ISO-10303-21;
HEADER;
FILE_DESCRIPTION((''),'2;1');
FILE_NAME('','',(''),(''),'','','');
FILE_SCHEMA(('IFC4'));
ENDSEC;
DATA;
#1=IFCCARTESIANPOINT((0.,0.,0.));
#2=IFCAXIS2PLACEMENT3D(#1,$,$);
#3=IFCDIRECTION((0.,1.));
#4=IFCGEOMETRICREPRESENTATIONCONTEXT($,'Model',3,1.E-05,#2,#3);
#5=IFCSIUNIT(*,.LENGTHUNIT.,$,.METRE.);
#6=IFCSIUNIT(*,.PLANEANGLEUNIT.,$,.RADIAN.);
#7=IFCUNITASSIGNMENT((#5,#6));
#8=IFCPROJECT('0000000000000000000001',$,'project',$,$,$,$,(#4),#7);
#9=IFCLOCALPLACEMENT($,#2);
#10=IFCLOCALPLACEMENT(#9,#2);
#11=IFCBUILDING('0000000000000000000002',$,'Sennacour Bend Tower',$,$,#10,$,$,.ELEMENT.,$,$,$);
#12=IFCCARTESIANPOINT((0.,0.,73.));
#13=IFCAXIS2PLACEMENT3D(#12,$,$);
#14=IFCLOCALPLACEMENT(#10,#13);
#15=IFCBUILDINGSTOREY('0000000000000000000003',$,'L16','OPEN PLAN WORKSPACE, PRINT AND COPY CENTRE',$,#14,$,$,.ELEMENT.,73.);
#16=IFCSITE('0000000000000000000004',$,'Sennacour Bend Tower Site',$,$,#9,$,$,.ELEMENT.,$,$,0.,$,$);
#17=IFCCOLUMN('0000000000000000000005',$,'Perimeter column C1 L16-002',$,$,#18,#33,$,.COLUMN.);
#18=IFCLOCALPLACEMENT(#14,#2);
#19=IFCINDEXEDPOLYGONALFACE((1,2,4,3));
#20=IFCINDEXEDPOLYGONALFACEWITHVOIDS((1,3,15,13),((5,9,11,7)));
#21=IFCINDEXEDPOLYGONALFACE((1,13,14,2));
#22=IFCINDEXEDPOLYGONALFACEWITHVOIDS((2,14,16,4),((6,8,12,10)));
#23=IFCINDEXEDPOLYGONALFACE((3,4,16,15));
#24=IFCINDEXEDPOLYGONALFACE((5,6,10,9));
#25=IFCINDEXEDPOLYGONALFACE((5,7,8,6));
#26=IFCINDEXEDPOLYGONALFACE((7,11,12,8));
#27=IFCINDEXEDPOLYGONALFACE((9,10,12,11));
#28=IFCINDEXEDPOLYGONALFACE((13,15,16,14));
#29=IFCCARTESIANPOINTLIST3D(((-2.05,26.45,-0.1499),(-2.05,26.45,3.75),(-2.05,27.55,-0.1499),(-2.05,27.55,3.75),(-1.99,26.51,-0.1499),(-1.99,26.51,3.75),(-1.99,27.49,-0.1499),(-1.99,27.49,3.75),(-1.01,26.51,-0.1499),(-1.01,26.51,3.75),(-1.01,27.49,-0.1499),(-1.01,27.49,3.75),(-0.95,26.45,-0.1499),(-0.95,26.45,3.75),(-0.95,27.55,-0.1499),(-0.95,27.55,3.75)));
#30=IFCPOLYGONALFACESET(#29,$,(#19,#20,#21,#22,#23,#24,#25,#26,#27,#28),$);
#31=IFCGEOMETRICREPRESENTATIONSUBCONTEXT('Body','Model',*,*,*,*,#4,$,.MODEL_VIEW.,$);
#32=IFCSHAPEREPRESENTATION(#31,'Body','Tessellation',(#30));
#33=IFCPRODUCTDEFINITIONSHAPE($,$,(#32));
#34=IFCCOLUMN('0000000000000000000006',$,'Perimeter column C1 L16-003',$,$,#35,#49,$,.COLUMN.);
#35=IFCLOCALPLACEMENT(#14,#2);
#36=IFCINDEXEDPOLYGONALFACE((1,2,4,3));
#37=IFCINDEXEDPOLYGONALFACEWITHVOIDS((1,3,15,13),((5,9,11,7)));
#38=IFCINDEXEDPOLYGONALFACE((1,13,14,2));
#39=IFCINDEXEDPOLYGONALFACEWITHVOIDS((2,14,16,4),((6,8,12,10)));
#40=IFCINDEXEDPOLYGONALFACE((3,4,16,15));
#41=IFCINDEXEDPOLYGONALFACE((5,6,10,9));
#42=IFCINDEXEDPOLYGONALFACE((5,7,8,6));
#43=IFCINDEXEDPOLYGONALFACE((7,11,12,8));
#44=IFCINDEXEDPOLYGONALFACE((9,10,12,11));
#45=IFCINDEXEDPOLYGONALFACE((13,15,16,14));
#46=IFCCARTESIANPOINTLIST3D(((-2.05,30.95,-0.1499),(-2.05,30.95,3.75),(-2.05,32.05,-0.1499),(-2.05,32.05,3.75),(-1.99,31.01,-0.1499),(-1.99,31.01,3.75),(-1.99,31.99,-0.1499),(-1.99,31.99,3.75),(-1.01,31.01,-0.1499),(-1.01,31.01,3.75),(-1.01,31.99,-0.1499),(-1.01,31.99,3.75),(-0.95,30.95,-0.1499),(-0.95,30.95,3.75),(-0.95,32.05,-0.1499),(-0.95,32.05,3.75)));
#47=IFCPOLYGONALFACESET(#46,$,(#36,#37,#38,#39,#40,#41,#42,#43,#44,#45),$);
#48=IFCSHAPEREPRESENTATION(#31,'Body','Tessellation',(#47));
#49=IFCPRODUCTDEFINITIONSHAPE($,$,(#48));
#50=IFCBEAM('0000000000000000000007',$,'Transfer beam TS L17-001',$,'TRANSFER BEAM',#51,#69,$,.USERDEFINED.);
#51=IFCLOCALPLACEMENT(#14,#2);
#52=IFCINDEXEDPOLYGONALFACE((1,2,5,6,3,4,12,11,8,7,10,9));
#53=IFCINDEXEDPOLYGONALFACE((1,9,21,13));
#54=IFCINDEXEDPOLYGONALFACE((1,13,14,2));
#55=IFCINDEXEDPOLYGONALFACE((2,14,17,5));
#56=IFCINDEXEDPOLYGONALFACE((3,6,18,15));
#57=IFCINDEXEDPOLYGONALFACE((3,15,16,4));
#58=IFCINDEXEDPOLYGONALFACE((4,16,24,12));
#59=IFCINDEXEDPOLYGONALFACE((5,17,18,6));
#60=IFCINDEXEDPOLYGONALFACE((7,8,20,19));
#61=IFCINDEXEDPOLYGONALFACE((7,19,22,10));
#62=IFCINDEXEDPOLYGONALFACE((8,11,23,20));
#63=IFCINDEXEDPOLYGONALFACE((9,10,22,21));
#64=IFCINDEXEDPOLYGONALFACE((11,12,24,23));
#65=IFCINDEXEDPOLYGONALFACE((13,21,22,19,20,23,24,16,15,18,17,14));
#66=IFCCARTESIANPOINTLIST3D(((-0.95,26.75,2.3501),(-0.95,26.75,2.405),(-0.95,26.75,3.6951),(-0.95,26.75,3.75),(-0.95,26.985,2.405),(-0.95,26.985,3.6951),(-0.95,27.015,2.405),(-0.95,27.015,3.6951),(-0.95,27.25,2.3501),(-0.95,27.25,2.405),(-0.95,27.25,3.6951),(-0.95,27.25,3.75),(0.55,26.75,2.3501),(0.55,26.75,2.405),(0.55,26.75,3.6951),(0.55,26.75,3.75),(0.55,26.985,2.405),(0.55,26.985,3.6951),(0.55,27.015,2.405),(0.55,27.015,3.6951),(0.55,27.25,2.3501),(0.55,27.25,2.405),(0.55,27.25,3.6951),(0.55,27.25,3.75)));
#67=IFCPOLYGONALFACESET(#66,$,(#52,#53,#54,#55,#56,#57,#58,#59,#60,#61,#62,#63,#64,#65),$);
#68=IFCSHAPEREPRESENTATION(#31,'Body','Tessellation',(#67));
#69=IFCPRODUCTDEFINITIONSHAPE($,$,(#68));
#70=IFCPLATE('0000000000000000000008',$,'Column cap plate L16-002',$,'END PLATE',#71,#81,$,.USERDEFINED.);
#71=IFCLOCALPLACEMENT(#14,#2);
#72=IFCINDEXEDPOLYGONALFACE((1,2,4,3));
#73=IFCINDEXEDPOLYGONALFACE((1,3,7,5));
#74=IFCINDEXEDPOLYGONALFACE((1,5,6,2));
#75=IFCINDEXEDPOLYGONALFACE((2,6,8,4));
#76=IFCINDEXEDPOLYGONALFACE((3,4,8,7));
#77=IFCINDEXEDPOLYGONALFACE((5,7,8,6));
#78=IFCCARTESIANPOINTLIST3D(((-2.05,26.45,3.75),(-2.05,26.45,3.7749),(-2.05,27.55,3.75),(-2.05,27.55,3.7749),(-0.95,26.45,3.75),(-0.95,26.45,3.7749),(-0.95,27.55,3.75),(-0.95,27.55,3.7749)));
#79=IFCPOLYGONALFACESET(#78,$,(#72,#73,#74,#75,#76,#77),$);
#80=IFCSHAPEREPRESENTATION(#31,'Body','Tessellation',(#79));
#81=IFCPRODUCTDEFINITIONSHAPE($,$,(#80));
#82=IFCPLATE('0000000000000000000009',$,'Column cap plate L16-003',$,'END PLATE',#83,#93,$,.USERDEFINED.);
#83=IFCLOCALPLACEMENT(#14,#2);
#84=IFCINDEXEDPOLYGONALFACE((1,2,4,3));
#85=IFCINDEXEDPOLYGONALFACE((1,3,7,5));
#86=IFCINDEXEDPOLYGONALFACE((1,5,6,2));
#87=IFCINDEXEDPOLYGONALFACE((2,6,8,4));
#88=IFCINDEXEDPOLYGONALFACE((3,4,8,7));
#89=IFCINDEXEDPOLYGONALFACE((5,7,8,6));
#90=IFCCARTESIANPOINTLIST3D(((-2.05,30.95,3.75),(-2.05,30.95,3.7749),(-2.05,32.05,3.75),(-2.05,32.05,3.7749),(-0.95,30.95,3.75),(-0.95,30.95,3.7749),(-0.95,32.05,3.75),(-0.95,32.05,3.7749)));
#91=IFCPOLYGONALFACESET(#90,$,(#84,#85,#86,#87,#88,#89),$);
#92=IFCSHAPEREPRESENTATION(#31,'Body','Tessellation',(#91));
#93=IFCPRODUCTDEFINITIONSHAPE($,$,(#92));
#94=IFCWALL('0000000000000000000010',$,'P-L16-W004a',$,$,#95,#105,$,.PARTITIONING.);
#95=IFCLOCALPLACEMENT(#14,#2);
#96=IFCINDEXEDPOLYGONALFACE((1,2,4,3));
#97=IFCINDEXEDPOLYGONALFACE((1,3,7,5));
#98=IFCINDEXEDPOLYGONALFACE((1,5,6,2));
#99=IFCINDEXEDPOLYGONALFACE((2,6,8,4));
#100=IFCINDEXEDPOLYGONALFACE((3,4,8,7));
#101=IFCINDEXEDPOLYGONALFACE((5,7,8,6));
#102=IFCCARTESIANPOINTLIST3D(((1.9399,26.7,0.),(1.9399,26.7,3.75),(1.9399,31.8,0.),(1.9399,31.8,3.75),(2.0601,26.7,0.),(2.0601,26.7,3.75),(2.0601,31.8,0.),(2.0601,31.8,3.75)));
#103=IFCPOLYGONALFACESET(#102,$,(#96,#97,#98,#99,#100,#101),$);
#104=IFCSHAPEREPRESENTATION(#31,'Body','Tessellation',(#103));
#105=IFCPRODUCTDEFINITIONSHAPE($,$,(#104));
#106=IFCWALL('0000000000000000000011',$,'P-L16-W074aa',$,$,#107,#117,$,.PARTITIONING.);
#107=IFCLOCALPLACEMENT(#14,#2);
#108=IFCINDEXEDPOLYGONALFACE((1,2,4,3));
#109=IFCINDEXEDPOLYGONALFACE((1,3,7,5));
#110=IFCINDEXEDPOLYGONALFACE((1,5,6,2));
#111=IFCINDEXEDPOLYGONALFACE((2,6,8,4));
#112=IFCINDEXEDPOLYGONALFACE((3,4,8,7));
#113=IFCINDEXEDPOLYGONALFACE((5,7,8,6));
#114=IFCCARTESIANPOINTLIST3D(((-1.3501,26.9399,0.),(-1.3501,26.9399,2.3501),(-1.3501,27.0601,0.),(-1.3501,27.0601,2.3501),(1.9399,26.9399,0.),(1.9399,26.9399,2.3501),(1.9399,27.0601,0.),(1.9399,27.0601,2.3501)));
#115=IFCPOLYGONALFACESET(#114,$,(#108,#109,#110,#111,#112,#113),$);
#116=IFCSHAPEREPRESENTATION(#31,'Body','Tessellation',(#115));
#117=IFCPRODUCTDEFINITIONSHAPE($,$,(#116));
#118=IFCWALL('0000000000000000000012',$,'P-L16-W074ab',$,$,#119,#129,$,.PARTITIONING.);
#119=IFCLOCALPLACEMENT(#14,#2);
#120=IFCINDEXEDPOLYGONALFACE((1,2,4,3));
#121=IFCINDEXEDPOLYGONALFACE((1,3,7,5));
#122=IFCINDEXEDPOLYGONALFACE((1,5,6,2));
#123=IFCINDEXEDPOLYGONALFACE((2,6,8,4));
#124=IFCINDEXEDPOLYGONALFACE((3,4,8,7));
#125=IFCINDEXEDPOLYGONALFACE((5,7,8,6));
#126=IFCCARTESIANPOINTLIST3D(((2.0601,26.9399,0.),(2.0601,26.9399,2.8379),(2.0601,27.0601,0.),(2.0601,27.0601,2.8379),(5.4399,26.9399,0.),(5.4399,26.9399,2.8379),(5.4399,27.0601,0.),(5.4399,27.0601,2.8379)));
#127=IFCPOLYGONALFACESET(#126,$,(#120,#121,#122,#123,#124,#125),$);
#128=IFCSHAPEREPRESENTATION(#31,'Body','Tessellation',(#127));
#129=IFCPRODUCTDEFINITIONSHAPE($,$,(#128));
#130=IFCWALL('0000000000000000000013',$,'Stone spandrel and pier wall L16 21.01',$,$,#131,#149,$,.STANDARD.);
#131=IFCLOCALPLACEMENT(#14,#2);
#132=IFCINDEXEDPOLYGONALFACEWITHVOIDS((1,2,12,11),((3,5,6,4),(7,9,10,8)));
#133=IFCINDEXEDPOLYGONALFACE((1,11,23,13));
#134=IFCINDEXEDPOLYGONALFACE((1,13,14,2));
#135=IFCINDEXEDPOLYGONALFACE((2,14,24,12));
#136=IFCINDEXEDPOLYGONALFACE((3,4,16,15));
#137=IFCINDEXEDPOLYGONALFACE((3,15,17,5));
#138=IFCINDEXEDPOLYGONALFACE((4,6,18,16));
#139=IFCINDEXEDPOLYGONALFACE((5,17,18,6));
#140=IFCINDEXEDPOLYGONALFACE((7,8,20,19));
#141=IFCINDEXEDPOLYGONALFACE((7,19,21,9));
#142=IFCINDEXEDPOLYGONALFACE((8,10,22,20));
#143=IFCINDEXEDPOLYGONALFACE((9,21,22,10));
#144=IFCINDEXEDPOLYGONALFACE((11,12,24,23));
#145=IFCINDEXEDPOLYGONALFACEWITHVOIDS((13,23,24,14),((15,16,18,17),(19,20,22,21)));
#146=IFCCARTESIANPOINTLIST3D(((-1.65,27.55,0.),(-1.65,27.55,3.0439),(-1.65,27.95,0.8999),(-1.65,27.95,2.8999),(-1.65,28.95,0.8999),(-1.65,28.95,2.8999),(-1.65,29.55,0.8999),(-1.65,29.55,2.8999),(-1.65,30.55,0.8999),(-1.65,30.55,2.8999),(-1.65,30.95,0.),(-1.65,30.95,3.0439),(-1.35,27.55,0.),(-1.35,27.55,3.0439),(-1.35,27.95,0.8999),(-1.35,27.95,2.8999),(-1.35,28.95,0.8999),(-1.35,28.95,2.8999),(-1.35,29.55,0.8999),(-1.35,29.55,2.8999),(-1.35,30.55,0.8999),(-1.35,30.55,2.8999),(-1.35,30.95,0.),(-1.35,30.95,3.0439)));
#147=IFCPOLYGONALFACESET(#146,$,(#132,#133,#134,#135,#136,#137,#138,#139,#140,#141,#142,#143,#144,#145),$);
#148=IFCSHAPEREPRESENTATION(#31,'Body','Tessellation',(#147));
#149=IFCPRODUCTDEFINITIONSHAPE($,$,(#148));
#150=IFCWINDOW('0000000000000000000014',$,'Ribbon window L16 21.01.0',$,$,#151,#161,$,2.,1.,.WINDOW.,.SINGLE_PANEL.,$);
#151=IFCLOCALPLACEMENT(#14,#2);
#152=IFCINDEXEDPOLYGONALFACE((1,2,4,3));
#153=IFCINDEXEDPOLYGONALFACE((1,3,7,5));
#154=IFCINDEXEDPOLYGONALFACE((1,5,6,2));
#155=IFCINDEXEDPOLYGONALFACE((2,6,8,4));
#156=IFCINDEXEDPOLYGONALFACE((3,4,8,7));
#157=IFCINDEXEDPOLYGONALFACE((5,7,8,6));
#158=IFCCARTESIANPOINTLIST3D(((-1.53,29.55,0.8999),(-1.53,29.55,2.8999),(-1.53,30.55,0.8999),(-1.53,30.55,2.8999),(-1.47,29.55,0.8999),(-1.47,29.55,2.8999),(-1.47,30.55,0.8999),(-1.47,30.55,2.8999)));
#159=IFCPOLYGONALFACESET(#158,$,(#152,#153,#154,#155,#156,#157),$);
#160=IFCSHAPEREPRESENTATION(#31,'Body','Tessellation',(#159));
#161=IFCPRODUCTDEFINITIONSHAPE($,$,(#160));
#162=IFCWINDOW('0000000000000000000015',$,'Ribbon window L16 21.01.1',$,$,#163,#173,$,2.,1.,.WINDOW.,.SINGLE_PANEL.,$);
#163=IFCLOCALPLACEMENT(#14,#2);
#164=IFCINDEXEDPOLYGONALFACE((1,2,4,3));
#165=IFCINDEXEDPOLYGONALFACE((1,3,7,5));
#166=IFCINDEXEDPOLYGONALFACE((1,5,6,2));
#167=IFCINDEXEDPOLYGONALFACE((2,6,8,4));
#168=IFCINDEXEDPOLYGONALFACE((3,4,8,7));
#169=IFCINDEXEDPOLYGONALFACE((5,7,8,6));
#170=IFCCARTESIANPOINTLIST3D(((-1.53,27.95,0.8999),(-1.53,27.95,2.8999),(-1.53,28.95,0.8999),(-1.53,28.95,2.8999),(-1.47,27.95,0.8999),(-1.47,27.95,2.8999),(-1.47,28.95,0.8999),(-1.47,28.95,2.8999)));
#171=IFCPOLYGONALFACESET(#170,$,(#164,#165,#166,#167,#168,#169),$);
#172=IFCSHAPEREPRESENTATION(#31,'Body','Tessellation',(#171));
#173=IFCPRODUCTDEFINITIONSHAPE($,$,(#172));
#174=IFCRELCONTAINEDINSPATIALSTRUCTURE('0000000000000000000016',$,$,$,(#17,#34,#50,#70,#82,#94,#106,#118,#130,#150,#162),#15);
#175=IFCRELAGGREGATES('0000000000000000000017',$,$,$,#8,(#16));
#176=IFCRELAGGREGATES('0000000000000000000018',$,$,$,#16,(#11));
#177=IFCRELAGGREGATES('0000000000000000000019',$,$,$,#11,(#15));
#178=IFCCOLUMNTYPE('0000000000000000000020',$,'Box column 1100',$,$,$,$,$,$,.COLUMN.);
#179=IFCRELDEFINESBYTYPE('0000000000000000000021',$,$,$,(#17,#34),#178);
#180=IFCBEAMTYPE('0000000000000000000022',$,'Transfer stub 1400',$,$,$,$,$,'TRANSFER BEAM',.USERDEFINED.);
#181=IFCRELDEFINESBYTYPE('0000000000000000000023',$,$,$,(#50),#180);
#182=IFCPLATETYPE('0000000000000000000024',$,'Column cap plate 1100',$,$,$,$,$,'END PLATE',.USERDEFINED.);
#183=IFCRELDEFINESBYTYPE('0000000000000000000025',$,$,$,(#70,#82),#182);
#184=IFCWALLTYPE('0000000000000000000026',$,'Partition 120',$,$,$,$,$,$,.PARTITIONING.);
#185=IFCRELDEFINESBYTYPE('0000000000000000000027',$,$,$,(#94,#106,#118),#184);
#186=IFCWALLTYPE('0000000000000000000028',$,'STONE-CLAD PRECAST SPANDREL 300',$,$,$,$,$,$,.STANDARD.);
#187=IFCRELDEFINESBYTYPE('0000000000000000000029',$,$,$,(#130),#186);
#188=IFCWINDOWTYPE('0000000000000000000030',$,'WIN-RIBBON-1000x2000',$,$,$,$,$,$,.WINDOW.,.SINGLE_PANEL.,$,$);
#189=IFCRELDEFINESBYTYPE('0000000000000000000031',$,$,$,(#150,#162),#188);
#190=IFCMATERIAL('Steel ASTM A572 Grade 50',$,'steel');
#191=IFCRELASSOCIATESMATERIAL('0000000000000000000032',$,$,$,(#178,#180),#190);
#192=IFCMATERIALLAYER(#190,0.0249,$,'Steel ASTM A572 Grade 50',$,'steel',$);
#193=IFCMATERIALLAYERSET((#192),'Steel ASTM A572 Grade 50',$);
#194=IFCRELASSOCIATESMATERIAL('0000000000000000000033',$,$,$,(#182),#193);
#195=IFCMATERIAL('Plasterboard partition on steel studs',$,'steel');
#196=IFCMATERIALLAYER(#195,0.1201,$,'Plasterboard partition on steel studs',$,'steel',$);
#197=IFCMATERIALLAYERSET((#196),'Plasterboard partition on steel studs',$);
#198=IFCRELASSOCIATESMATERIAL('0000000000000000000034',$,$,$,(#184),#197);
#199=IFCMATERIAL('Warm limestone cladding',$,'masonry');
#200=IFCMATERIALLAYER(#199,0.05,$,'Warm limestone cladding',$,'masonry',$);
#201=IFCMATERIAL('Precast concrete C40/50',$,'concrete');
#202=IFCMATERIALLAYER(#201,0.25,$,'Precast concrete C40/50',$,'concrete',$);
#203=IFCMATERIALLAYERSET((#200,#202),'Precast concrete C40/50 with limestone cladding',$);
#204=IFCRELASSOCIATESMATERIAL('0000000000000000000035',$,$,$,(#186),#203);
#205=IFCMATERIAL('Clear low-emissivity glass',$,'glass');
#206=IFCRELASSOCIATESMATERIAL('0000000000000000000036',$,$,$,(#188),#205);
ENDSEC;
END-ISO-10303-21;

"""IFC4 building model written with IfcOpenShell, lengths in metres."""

from ifc_helpers import new_model, si_unit, direction, frame, frame_2d, origin, origin_2d, place, context, subcontext, project, spatial, rectangle, hollow_rectangle, i_section, extrude, material, layer, layer_set, material_profile, profile_set, type_object, element, fill, save


model = new_model("IFC4")

# Units and contexts
model_context = context("Model", 3, precision=1e-05, world=origin(), true_north=direction((0.0, 1.0)))
body_context = subcontext(model_context, "Body", "Model", "MODEL_VIEW")
ifc_project = project(units=[si_unit("LENGTHUNIT", "METRE"), si_unit("PLANEANGLEUNIT", "RADIAN")], contexts=[model_context])

# Site, building, storey
site_placement = place(None, origin())
site = spatial("IfcSite", under=ifc_project, at=site_placement, Name="Sennacour Bend Tower Site", CompositionType="ELEMENT", RefElevation=0.0)
building_placement = place(site_placement, origin())
building = spatial("IfcBuilding", under=site, at=building_placement, Name="Sennacour Bend Tower", CompositionType="ELEMENT")
storey_placement = place(building_placement, frame((0.0, 0.0, 73.0)))
storey = spatial("IfcBuildingStorey", under=building, at=storey_placement, Name="L16", Description="OPEN PLAN WORKSPACE, PRINT AND COPY CENTRE", CompositionType="ELEMENT", Elevation=73.0)

# Columns
ifc_material_1 = material(Name="Steel ASTM A572 Grade 50", Category="steel")
ifc_material_profile_1 = material_profile(ifc_material_1, hollow_rectangle(XDim=1.1001, YDim=1.1001, WallThickness=0.0601, at=origin_2d()), Name="Steel ASTM A572 Grade 50", Category="steel")
ifc_profile_set_1 = profile_set([ifc_material_profile_1], Name="Steel ASTM A572 Grade 50")
column_type = type_object("IfcColumnType", Name="Box column 1100", PredefinedType="COLUMN", material=ifc_profile_set_1)
for number, where, z_axis, x_axis, name in (
    (1, (-1.5, 27.0, -0.1499), (0.0, 0.0, 1.0), (1.0, 0.0, 0.0), "Perimeter column C1 L16-002"),
    (2, (-1.5, 31.5, -0.1499), (0.0, 0.0, 1.0), (1.0, 0.0, 0.0), "Perimeter column C1 L16-003"),
):
    element("IfcColumn", number, at=place(storey_placement, frame(where, z_axis=z_axis, x_axis=x_axis)), inside=storey, type_object=column_type, Name=name, PredefinedType="COLUMN", context=body_context, shape_type="SweptSolid", body=[
        extrude(hollow_rectangle(XDim=1.1001, YDim=1.1001, WallThickness=0.0601, at=origin_2d()), origin(), (0.0, 0.0, 1.0), 3.8999),
    ])

# Beam
ifc_material_profile_2 = material_profile(ifc_material_1, i_section(OverallWidth=0.5, OverallDepth=1.3999, WebThickness=0.03, FlangeThickness=0.0549, at=origin_2d()), Name="Steel ASTM A572 Grade 50", Category="steel")
ifc_profile_set_2 = profile_set([ifc_material_profile_2], Name="Steel ASTM A572 Grade 50")
beam_type = type_object("IfcBeamType", Name="Transfer stub 1400", ElementType="TRANSFER BEAM", PredefinedType="USERDEFINED", material=ifc_profile_set_2)
beam_placement = place(storey_placement, frame((-0.95, 27.0, 3.05), z_axis=(1.0, 0.0, 0.0), x_axis=(0.0, 1.0, 0.0)))
element("IfcBeam", 3, at=beam_placement, inside=storey, type_object=beam_type, Name="Transfer beam TS L17-001", ObjectType="TRANSFER BEAM", PredefinedType="USERDEFINED", context=body_context, shape_type="SweptSolid", body=[
    extrude(i_section(OverallWidth=0.5, OverallDepth=1.3999, WebThickness=0.03, FlangeThickness=0.0549, at=origin_2d()), origin(), (0.0, 0.0, 1.0), 1.5),
])

# Plates
ifc_layer_1 = layer(ifc_material_1, 0.0249, Name="Steel ASTM A572 Grade 50", Category="steel")
ifc_layer_set_1 = layer_set([ifc_layer_1], Name="Steel ASTM A572 Grade 50")
plate_type = type_object("IfcPlateType", Name="Column cap plate 1100", ElementType="END PLATE", PredefinedType="USERDEFINED", material=ifc_layer_set_1)
for number, where, z_axis, x_axis, name in (
    (4, (-1.5, 27.0, 3.75), (0.0, 0.0, 1.0), (1.0, 0.0, 0.0), "Column cap plate L16-002"),
    (5, (-1.5, 31.5, 3.75), (0.0, 0.0, 1.0), (1.0, 0.0, 0.0), "Column cap plate L16-003"),
):
    element("IfcPlate", number, at=place(storey_placement, frame(where, z_axis=z_axis, x_axis=x_axis)), inside=storey, type_object=plate_type, Name=name, ObjectType="END PLATE", PredefinedType="USERDEFINED", context=body_context, shape_type="SweptSolid", body=[
        extrude(rectangle(XDim=1.1001, YDim=1.1001, at=origin_2d()), origin(), (0.0, 0.0, 1.0), 0.0249),
    ])

# Walls
ifc_material_2 = material(Name="Plasterboard partition on steel studs", Category="steel")
ifc_layer_2 = layer(ifc_material_2, 0.1201, Name="Plasterboard partition on steel studs", Category="steel")
ifc_layer_set_2 = layer_set([ifc_layer_2], Name="Plasterboard partition on steel studs")
wall_type_1 = type_object("IfcWallType", Name="Partition 120", PredefinedType="PARTITIONING", material=ifc_layer_set_2)
wall_1_placement = place(storey_placement, frame((2.0, 26.7, 0.0), z_axis=(0.0, 0.0, 1.0), x_axis=(0.0, 1.0, 0.0)))
element("IfcWall", 6, at=wall_1_placement, inside=storey, type_object=wall_type_1, Name="P-L16-W004a", PredefinedType="PARTITIONING", context=body_context, shape_type="SweptSolid", body=[
    extrude(rectangle(XDim=5.1001, YDim=0.1201, at=frame_2d((2.55, 0.0))), origin(), (0.0, 0.0, 1.0), 3.75),
])
wall_2_placement = place(storey_placement, frame((-1.3501, 27.0, 0.0), z_axis=(0.0, 0.0, 1.0), x_axis=(1.0, 0.0, 0.0)))
element("IfcWall", 7, at=wall_2_placement, inside=storey, type_object=wall_type_1, Name="P-L16-W074aa", PredefinedType="PARTITIONING", context=body_context, shape_type="SweptSolid", body=[
    extrude(rectangle(XDim=3.29, YDim=0.1201, at=frame_2d((1.645, 0.0))), origin(), (0.0, 0.0, 1.0), 2.3501),
])
wall_3_placement = place(storey_placement, frame((2.0601, 27.0, 0.0), z_axis=(0.0, 0.0, 1.0), x_axis=(1.0, 0.0, 0.0)))
element("IfcWall", 8, at=wall_3_placement, inside=storey, type_object=wall_type_1, Name="P-L16-W074ab", PredefinedType="PARTITIONING", context=body_context, shape_type="SweptSolid", body=[
    extrude(rectangle(XDim=3.3799, YDim=0.1201, at=frame_2d((1.6899, 0.0))), origin(), (0.0, 0.0, 1.0), 2.8379),
])

# Wall, openings, windows
ifc_material_3 = material(Name="Warm limestone cladding", Category="masonry")
ifc_layer_3 = layer(ifc_material_3, 0.05, Name="Warm limestone cladding", Category="masonry")
ifc_material_4 = material(Name="Precast concrete C40/50", Category="concrete")
ifc_layer_4 = layer(ifc_material_4, 0.25, Name="Precast concrete C40/50", Category="concrete")
ifc_layer_set_3 = layer_set([ifc_layer_3, ifc_layer_4], Name="Precast concrete C40/50 with limestone cladding")
wall_type_2 = type_object("IfcWallType", Name="STONE-CLAD PRECAST SPANDREL 300", PredefinedType="STANDARD", material=ifc_layer_set_3)
wall_4_placement = place(storey_placement, frame((-1.5, 30.95, 0.0), z_axis=(0.0, 0.0, 1.0), x_axis=(0.0, -1.0, 0.0)))
wall_4 = element("IfcWall", 9, at=wall_4_placement, inside=storey, type_object=wall_type_2, Name="Stone spandrel and pier wall L16 21.01", PredefinedType="STANDARD", context=body_context, shape_type="SweptSolid", body=[
    extrude(rectangle(XDim=3.3999, YDim=0.3, at=frame_2d((1.7, 0.0))), origin(), (0.0, 0.0, 1.0), 3.0439),
])
opening_1_placement = place(wall_4_placement, frame((0.3999, 0.0, 0.8999)))
opening_1 = element("IfcOpeningElement", 10, at=opening_1_placement, cuts=wall_4, PredefinedType="OPENING", context=body_context, shape_type="SweptSolid", body=[
    extrude(rectangle(XDim=1.0, YDim=2.0, at=frame_2d((0.5, 1.0))), frame((0.0, 0.1602, 0.0), z_axis=(0.0, -1.0, 0.0), x_axis=(1.0, 0.0, 0.0)), (0.0, 0.0, 1.0), 0.3201),
])
opening_2_placement = place(wall_4_placement, frame((2.0, 0.0, 0.8999)))
opening_2 = element("IfcOpeningElement", 11, at=opening_2_placement, cuts=wall_4, PredefinedType="OPENING", context=body_context, shape_type="SweptSolid", body=[
    extrude(rectangle(XDim=1.0, YDim=2.0, at=frame_2d((0.5, 1.0))), frame((0.0, 0.1602, 0.0), z_axis=(0.0, -1.0, 0.0), x_axis=(1.0, 0.0, 0.0)), (0.0, 0.0, 1.0), 0.3201),
])
ifc_material_5 = material(Name="Clear low-emissivity glass", Category="glass")
window_type = type_object("IfcWindowType", Name="WIN-RIBBON-1000x2000", PartitioningType="SINGLE_PANEL", PredefinedType="WINDOW", material=ifc_material_5)
window_1_placement = place(opening_1_placement, origin())
window_1 = element("IfcWindow", 12, at=window_1_placement, inside=storey, type_object=window_type, Name="Ribbon window L16 21.01.0", OverallHeight=2.0, OverallWidth=1.0, PartitioningType="SINGLE_PANEL", PredefinedType="WINDOW", context=body_context, shape_type="SweptSolid", body=[
    extrude(rectangle(XDim=1.0, YDim=2.0, at=frame_2d((0.5, 1.0))), frame((0.0, 0.03, 0.0), z_axis=(0.0, -1.0, 0.0), x_axis=(1.0, 0.0, 0.0)), (0.0, 0.0, 1.0), 0.0601),
])
fill(opening_1, window_1)
window_2_placement = place(opening_2_placement, origin())
window_2 = element("IfcWindow", 13, at=window_2_placement, inside=storey, type_object=window_type, Name="Ribbon window L16 21.01.1", OverallHeight=2.0, OverallWidth=1.0, PartitioningType="SINGLE_PANEL", PredefinedType="WINDOW", context=body_context, shape_type="SweptSolid", body=[
    extrude(rectangle(XDim=1.0, YDim=2.0, at=frame_2d((0.5, 1.0))), frame((0.0, 0.03, 0.0), z_axis=(0.0, -1.0, 0.0), x_axis=(1.0, 0.0, 0.0)), (0.0, 0.0, 1.0), 0.0601),
])
fill(opening_2, window_2)

save(model, "model.ifc")
